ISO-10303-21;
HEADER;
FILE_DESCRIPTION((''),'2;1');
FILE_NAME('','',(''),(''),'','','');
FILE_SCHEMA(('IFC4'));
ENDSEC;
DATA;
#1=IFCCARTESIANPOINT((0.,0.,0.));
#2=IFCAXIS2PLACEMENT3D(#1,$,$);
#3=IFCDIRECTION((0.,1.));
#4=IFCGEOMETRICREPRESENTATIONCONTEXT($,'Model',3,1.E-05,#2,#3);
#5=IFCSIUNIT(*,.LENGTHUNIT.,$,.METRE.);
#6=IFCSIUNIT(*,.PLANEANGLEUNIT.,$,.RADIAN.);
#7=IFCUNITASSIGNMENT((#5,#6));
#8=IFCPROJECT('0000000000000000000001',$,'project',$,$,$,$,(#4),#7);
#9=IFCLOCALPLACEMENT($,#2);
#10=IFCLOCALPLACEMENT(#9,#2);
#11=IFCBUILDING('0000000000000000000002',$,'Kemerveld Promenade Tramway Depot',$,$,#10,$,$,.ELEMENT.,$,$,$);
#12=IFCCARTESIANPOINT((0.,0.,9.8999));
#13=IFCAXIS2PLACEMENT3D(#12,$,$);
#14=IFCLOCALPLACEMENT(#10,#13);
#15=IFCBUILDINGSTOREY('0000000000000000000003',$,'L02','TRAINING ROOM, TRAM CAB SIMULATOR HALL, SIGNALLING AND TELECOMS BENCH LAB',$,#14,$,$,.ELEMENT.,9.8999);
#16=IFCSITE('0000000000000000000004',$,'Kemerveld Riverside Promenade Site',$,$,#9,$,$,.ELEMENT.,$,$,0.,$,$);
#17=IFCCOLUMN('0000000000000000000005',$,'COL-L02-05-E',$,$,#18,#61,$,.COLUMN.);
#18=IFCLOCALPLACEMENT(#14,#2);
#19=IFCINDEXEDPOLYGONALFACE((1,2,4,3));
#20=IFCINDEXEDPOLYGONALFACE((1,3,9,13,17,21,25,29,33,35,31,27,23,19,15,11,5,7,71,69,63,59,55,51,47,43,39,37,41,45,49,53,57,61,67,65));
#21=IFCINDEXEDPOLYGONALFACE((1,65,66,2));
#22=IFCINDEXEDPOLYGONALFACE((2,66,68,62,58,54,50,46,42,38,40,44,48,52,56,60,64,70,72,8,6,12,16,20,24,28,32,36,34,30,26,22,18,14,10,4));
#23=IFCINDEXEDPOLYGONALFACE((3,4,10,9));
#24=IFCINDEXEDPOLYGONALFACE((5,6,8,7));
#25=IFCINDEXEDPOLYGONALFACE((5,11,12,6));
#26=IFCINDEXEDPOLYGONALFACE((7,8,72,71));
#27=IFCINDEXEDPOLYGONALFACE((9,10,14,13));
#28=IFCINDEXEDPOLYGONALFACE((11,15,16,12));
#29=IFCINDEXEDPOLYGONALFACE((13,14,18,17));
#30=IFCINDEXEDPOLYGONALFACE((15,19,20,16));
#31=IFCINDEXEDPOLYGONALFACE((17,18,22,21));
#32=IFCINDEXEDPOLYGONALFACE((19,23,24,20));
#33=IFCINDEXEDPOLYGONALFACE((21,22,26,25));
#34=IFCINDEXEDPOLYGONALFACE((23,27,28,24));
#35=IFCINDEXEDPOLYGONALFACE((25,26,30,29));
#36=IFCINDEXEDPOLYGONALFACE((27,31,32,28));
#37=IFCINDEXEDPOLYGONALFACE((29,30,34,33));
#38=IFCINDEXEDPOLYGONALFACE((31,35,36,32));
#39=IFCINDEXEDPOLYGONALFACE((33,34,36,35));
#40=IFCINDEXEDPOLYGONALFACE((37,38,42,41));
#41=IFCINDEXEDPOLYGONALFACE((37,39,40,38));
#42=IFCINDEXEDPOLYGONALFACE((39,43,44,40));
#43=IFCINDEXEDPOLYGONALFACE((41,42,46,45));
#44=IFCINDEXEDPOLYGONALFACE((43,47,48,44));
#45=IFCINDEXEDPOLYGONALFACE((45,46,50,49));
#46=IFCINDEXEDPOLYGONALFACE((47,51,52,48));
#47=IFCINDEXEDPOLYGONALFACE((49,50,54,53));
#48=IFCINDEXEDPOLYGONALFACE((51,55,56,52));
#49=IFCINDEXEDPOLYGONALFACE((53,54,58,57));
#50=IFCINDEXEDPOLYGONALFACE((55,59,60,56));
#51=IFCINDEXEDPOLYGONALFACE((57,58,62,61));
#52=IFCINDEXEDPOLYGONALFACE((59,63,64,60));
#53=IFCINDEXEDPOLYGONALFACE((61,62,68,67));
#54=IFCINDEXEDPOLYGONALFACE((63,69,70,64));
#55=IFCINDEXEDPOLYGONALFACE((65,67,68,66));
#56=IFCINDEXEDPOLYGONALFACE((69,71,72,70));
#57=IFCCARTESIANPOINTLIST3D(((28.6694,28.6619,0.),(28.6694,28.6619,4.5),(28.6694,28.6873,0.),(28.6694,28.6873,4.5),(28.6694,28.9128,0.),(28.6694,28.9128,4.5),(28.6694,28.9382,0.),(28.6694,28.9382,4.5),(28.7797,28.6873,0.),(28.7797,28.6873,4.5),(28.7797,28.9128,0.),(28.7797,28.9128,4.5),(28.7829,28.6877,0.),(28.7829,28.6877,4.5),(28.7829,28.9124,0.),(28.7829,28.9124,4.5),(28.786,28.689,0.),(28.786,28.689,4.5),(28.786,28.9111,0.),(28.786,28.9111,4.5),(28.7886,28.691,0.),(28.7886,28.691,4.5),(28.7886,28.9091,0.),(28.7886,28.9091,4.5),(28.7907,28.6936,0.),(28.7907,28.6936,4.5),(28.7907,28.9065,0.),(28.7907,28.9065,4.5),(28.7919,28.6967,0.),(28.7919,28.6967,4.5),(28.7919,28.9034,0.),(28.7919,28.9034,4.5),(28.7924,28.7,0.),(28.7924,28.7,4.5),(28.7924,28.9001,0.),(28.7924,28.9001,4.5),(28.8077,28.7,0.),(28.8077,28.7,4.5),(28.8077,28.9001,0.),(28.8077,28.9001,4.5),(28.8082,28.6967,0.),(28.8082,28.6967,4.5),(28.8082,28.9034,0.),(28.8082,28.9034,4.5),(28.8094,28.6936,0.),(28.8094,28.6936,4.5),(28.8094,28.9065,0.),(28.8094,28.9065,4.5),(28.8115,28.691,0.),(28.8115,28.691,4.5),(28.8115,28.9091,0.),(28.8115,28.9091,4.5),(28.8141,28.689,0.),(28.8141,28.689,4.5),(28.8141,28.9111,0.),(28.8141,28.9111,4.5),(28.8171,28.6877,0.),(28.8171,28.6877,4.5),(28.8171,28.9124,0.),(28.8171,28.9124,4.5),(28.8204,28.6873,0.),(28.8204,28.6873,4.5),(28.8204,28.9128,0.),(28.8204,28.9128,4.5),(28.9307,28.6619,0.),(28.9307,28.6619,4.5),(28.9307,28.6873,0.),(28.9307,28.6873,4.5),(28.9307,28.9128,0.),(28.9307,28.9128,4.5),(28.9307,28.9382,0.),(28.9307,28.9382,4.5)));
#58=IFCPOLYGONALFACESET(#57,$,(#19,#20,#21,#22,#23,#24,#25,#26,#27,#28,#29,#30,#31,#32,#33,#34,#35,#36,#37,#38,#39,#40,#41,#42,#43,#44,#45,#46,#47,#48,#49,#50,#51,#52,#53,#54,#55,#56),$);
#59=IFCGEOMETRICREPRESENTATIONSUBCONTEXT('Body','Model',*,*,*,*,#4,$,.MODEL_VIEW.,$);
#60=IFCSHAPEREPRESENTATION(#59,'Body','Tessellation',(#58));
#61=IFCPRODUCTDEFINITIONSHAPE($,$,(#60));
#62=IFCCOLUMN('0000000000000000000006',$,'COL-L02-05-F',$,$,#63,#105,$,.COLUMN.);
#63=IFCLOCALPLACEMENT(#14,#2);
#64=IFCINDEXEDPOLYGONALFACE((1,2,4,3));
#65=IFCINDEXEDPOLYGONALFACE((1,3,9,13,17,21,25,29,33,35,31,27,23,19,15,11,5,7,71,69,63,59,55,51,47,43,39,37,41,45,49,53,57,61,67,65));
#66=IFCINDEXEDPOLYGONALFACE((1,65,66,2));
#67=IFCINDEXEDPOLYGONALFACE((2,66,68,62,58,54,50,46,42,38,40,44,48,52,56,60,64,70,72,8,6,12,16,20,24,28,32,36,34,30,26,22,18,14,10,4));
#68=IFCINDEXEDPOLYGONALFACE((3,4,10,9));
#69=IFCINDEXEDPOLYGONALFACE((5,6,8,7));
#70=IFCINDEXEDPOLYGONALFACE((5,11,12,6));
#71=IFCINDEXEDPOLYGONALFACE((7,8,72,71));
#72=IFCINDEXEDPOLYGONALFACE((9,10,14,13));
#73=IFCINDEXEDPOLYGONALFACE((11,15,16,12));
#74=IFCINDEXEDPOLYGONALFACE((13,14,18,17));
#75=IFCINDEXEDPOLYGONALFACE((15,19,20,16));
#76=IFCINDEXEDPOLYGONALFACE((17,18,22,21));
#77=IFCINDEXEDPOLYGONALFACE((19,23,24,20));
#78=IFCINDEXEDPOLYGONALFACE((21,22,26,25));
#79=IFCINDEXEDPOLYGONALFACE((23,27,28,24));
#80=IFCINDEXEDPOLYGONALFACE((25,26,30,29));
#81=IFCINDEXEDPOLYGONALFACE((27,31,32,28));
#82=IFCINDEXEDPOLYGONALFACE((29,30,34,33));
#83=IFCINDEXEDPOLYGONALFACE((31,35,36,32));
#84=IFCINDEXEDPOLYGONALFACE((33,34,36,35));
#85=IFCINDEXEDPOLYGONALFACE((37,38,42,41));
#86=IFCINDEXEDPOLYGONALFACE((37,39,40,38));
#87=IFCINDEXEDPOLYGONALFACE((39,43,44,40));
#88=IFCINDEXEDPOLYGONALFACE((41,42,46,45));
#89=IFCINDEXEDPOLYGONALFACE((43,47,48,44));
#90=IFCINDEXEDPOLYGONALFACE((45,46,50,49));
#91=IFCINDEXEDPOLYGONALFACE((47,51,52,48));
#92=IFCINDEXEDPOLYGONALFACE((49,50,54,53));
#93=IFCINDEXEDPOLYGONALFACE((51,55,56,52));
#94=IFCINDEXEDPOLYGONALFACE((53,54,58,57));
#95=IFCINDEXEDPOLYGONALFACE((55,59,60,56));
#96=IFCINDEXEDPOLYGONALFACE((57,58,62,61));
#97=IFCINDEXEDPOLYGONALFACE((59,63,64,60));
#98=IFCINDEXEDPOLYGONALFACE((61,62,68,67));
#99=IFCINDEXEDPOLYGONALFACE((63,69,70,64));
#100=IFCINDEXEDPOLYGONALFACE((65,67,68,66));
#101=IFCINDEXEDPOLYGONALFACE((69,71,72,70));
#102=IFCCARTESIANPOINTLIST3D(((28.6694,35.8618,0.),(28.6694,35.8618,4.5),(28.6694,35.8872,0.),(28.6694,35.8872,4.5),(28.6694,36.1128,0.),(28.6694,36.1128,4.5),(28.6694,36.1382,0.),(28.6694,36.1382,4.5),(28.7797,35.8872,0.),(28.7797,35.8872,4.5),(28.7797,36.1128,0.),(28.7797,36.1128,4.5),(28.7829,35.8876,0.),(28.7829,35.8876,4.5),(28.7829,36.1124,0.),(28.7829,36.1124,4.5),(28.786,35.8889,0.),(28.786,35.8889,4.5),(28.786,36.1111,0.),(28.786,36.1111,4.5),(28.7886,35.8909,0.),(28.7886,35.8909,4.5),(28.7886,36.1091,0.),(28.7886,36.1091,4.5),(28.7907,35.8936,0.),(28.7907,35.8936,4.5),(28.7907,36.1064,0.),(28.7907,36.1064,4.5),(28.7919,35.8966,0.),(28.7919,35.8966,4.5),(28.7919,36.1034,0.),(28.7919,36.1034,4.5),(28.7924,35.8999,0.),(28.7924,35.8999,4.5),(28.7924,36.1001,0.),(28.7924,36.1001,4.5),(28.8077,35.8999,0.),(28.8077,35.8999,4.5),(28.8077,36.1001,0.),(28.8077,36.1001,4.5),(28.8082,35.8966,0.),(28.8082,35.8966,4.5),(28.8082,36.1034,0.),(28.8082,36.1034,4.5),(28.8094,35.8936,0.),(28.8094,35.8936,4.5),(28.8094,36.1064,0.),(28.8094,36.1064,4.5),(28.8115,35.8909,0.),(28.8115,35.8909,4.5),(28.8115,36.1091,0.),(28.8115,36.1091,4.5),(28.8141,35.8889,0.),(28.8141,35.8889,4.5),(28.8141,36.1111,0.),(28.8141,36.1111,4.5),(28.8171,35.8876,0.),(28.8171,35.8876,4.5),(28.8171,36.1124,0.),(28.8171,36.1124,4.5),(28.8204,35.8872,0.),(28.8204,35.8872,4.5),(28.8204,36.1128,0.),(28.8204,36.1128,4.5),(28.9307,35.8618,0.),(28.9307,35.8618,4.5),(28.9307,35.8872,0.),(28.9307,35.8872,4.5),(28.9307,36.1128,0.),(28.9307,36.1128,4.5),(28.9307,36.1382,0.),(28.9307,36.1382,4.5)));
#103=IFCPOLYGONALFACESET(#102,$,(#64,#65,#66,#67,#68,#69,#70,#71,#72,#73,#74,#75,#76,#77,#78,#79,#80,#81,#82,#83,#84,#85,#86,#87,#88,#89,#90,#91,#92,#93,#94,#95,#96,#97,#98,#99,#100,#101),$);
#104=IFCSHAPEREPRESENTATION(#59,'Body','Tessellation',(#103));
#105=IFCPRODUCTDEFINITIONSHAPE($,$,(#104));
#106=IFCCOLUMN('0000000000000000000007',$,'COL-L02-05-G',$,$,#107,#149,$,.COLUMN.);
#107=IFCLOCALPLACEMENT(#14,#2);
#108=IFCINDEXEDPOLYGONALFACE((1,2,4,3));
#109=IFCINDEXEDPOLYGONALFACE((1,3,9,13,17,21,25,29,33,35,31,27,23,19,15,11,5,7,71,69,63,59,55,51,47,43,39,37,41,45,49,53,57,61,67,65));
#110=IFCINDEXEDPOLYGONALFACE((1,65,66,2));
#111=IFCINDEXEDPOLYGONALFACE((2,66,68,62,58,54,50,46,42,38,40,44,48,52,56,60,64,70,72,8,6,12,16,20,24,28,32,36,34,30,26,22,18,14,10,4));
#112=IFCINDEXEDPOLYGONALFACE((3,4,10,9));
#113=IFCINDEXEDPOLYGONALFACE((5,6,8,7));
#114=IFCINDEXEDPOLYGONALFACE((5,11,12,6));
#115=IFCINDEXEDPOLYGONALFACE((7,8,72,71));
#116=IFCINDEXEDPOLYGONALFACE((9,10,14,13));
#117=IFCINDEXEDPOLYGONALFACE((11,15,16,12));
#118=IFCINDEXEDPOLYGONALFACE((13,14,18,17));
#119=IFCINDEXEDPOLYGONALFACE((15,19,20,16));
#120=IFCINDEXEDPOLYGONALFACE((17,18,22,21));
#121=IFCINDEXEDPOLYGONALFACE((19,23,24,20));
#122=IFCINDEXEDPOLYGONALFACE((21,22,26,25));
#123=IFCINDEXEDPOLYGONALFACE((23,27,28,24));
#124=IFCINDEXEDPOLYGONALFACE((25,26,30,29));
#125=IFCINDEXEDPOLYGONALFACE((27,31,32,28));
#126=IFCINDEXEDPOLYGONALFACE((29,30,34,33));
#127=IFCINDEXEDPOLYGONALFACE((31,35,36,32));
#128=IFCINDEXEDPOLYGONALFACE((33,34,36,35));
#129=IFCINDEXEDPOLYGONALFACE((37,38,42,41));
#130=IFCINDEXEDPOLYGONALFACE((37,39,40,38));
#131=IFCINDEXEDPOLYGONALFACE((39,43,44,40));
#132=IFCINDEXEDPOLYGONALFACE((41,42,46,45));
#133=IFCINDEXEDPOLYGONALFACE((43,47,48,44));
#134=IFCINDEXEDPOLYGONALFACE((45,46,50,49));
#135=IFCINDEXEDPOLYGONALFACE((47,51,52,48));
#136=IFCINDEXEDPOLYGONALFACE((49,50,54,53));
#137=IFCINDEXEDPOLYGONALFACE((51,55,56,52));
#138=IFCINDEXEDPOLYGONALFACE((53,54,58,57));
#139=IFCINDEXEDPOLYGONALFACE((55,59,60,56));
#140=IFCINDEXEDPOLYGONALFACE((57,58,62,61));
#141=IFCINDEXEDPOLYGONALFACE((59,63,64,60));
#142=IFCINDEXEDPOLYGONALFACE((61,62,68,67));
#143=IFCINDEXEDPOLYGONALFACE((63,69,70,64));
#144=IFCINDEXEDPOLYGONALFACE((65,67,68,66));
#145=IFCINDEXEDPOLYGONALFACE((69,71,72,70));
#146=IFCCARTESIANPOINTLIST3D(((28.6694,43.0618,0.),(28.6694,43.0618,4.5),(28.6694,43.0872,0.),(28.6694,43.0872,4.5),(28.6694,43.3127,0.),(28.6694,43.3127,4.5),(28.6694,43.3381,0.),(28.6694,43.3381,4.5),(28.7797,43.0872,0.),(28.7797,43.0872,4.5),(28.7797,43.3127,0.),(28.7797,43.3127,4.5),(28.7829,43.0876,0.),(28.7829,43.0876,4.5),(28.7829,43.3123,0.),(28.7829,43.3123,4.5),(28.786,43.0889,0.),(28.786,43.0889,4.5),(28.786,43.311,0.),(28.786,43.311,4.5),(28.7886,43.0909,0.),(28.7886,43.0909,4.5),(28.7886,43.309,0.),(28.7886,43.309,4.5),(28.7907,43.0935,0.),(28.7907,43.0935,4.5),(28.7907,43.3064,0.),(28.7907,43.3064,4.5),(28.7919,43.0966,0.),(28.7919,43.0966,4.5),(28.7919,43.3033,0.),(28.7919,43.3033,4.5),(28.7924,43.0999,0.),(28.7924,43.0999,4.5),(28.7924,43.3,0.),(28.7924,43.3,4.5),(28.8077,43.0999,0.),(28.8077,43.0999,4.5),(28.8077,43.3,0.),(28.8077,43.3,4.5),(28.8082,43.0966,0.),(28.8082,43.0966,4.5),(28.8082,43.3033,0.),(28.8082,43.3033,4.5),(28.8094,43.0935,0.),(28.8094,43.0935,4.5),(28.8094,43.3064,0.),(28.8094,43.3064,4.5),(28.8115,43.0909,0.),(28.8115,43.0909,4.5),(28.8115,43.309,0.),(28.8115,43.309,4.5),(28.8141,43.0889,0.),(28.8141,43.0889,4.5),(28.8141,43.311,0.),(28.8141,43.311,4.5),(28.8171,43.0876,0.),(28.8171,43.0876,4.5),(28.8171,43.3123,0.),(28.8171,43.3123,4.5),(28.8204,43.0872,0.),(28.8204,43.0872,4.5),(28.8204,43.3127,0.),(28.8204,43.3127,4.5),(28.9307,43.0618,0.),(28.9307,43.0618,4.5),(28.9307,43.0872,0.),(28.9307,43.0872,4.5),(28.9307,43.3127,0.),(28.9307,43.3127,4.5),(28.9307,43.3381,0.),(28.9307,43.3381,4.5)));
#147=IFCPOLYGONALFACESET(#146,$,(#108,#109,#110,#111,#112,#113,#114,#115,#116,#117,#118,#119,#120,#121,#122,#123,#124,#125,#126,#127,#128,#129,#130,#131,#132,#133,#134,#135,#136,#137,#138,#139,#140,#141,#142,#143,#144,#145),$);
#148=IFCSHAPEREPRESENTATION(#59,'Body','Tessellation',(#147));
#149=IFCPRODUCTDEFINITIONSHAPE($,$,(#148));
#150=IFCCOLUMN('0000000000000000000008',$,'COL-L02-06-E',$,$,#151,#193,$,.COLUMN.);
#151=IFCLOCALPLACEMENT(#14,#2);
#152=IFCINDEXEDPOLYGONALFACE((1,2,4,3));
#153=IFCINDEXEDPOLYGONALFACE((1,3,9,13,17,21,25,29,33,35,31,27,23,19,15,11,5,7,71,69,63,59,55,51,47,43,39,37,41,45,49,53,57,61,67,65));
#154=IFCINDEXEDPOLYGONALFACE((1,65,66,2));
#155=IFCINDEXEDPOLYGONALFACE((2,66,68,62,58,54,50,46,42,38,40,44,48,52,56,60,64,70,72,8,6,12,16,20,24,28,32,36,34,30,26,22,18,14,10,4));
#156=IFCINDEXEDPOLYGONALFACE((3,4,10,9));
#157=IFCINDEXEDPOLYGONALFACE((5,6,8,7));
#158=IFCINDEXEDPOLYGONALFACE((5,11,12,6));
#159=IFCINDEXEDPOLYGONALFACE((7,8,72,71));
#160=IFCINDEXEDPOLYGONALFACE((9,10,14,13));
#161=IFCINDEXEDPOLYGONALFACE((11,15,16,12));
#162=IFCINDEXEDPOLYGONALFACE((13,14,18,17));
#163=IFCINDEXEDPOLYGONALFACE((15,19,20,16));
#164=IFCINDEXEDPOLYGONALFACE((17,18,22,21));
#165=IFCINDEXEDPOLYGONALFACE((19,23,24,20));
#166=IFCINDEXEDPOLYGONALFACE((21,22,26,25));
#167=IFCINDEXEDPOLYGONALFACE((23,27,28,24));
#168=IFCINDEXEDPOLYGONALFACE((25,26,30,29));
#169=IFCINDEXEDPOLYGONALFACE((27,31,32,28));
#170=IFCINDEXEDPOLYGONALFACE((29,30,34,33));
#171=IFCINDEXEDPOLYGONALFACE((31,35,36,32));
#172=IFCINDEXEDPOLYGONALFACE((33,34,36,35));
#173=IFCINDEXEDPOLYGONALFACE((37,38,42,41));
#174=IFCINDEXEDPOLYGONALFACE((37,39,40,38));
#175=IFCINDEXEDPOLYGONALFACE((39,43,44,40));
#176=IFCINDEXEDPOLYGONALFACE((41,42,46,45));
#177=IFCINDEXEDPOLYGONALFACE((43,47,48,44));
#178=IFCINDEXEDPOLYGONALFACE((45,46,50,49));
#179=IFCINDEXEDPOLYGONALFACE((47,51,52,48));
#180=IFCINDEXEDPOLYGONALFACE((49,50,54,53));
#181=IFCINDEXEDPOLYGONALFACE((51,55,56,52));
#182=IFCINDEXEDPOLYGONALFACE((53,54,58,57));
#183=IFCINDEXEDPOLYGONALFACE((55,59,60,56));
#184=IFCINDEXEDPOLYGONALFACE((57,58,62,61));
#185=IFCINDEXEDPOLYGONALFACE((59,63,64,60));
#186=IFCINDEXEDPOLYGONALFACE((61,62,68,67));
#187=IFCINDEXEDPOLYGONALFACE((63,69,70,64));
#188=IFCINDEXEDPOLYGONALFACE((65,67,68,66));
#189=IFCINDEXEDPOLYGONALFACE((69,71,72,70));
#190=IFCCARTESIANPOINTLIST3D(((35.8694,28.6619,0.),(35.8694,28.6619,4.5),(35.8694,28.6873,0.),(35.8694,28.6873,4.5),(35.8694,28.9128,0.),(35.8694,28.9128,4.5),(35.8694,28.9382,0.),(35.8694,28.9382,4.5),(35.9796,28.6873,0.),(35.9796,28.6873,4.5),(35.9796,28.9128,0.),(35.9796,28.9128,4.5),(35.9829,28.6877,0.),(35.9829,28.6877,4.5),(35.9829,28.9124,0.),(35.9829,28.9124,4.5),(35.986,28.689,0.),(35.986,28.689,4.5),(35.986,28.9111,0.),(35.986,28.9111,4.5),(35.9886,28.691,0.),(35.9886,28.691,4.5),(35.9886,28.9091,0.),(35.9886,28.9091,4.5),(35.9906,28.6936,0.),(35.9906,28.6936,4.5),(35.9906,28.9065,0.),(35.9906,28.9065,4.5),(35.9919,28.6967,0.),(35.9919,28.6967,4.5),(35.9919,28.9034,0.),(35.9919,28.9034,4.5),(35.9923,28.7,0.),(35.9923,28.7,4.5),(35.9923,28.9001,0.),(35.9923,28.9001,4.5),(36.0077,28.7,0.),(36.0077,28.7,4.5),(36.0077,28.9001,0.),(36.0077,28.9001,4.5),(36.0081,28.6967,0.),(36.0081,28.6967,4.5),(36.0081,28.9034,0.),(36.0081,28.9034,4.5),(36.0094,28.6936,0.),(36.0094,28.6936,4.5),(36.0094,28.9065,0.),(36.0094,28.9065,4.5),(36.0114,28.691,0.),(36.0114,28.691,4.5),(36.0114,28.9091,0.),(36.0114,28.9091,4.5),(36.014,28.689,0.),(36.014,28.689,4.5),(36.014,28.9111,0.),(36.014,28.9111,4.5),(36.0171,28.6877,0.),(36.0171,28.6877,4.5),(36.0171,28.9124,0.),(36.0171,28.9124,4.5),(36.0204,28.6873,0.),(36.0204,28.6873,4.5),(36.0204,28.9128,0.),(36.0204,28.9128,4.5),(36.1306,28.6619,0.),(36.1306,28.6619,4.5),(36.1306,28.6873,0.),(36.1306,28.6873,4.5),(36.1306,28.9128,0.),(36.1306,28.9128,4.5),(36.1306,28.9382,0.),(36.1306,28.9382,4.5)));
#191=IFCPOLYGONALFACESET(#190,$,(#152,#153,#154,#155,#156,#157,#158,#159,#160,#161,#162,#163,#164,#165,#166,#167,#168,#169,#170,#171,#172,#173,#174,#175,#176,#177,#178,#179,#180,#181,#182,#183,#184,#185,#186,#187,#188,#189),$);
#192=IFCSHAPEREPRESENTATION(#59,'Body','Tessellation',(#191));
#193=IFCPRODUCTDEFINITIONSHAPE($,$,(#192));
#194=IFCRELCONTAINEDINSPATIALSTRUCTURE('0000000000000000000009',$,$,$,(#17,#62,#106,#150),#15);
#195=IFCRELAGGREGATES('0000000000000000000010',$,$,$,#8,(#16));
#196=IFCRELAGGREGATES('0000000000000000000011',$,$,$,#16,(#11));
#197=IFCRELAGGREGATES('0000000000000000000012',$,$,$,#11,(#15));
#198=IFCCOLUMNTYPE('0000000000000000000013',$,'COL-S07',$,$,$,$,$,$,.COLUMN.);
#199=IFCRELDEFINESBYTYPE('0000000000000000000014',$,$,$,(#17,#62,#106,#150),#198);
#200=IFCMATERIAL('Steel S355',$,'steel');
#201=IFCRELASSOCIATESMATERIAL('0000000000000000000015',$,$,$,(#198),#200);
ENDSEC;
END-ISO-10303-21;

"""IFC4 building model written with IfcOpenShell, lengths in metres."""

from ifc_helpers import new_model, si_unit, direction, frame, origin, origin_2d, place, context, subcontext, project, spatial, i_section, extrude, material, material_profile, profile_set, type_object, element, save


model = new_model("IFC4")

# Units and contexts
model_context = context("Model", 3, precision=1e-05, world=origin(), true_north=direction((0.0, 1.0)))
body_context = subcontext(model_context, "Body", "Model", "MODEL_VIEW")
ifc_project = project(units=[si_unit("LENGTHUNIT", "METRE"), si_unit("PLANEANGLEUNIT", "RADIAN")], contexts=[model_context])

# Site, building, storey
site_placement = place(None, origin())
site = spatial("IfcSite", under=ifc_project, at=site_placement, Name="Kemerveld Riverside Promenade Site", CompositionType="ELEMENT", RefElevation=0.0)
building_placement = place(site_placement, origin())
building = spatial("IfcBuilding", under=site, at=building_placement, Name="Kemerveld Promenade Tramway Depot", CompositionType="ELEMENT")
storey_placement = place(building_placement, frame((0.0, 0.0, 9.8999)))
storey = spatial("IfcBuildingStorey", under=building, at=storey_placement, Name="L02", Description="TRAINING ROOM, TRAM CAB SIMULATOR HALL, SIGNALLING AND TELECOMS BENCH LAB", CompositionType="ELEMENT", Elevation=9.8999)

# Columns
ifc_material = material(Name="Steel S355", Category="steel")
ifc_material_profile_1 = material_profile(ifc_material, i_section(OverallWidth=0.2612, OverallDepth=0.2764, WebThickness=0.0154, FlangeThickness=0.0254, FilletRadius=0.0127, at=origin_2d()), Name="254x254x132 UC")
ifc_profile_set_1 = profile_set([ifc_material_profile_1], Name="Steel S355")
column_type = type_object("IfcColumnType", Name="COL-S07", PredefinedType="COLUMN", material=ifc_profile_set_1)
for number, where, z_axis, x_axis, name in (
    (1, (28.8, 28.8, 0.0), (0.0, 0.0, 1.0), (1.0, 0.0, 0.0), "COL-L02-05-E"),
    (2, (28.8, 36.0, 0.0), (0.0, 0.0, 1.0), (1.0, 0.0, 0.0), "COL-L02-05-F"),
    (3, (28.8, 43.2, 0.0), (0.0, 0.0, 1.0), (1.0, 0.0, 0.0), "COL-L02-05-G"),
    (4, (36.0, 28.8, 0.0), (0.0, 0.0, 1.0), (1.0, 0.0, 0.0), "COL-L02-06-E"),
):
    element("IfcColumn", number, at=place(storey_placement, frame(where, z_axis=z_axis, x_axis=x_axis)), inside=storey, type_object=column_type, Name=name, PredefinedType="COLUMN", context=body_context, shape_type="SweptSolid", body=[
        extrude(i_section(OverallWidth=0.2612, OverallDepth=0.2764, WebThickness=0.0154, FlangeThickness=0.0254, FilletRadius=0.0127, at=origin_2d()), origin(), (0.0, 0.0, 1.0), 4.5),
    ])

save(model, "model.ifc")
